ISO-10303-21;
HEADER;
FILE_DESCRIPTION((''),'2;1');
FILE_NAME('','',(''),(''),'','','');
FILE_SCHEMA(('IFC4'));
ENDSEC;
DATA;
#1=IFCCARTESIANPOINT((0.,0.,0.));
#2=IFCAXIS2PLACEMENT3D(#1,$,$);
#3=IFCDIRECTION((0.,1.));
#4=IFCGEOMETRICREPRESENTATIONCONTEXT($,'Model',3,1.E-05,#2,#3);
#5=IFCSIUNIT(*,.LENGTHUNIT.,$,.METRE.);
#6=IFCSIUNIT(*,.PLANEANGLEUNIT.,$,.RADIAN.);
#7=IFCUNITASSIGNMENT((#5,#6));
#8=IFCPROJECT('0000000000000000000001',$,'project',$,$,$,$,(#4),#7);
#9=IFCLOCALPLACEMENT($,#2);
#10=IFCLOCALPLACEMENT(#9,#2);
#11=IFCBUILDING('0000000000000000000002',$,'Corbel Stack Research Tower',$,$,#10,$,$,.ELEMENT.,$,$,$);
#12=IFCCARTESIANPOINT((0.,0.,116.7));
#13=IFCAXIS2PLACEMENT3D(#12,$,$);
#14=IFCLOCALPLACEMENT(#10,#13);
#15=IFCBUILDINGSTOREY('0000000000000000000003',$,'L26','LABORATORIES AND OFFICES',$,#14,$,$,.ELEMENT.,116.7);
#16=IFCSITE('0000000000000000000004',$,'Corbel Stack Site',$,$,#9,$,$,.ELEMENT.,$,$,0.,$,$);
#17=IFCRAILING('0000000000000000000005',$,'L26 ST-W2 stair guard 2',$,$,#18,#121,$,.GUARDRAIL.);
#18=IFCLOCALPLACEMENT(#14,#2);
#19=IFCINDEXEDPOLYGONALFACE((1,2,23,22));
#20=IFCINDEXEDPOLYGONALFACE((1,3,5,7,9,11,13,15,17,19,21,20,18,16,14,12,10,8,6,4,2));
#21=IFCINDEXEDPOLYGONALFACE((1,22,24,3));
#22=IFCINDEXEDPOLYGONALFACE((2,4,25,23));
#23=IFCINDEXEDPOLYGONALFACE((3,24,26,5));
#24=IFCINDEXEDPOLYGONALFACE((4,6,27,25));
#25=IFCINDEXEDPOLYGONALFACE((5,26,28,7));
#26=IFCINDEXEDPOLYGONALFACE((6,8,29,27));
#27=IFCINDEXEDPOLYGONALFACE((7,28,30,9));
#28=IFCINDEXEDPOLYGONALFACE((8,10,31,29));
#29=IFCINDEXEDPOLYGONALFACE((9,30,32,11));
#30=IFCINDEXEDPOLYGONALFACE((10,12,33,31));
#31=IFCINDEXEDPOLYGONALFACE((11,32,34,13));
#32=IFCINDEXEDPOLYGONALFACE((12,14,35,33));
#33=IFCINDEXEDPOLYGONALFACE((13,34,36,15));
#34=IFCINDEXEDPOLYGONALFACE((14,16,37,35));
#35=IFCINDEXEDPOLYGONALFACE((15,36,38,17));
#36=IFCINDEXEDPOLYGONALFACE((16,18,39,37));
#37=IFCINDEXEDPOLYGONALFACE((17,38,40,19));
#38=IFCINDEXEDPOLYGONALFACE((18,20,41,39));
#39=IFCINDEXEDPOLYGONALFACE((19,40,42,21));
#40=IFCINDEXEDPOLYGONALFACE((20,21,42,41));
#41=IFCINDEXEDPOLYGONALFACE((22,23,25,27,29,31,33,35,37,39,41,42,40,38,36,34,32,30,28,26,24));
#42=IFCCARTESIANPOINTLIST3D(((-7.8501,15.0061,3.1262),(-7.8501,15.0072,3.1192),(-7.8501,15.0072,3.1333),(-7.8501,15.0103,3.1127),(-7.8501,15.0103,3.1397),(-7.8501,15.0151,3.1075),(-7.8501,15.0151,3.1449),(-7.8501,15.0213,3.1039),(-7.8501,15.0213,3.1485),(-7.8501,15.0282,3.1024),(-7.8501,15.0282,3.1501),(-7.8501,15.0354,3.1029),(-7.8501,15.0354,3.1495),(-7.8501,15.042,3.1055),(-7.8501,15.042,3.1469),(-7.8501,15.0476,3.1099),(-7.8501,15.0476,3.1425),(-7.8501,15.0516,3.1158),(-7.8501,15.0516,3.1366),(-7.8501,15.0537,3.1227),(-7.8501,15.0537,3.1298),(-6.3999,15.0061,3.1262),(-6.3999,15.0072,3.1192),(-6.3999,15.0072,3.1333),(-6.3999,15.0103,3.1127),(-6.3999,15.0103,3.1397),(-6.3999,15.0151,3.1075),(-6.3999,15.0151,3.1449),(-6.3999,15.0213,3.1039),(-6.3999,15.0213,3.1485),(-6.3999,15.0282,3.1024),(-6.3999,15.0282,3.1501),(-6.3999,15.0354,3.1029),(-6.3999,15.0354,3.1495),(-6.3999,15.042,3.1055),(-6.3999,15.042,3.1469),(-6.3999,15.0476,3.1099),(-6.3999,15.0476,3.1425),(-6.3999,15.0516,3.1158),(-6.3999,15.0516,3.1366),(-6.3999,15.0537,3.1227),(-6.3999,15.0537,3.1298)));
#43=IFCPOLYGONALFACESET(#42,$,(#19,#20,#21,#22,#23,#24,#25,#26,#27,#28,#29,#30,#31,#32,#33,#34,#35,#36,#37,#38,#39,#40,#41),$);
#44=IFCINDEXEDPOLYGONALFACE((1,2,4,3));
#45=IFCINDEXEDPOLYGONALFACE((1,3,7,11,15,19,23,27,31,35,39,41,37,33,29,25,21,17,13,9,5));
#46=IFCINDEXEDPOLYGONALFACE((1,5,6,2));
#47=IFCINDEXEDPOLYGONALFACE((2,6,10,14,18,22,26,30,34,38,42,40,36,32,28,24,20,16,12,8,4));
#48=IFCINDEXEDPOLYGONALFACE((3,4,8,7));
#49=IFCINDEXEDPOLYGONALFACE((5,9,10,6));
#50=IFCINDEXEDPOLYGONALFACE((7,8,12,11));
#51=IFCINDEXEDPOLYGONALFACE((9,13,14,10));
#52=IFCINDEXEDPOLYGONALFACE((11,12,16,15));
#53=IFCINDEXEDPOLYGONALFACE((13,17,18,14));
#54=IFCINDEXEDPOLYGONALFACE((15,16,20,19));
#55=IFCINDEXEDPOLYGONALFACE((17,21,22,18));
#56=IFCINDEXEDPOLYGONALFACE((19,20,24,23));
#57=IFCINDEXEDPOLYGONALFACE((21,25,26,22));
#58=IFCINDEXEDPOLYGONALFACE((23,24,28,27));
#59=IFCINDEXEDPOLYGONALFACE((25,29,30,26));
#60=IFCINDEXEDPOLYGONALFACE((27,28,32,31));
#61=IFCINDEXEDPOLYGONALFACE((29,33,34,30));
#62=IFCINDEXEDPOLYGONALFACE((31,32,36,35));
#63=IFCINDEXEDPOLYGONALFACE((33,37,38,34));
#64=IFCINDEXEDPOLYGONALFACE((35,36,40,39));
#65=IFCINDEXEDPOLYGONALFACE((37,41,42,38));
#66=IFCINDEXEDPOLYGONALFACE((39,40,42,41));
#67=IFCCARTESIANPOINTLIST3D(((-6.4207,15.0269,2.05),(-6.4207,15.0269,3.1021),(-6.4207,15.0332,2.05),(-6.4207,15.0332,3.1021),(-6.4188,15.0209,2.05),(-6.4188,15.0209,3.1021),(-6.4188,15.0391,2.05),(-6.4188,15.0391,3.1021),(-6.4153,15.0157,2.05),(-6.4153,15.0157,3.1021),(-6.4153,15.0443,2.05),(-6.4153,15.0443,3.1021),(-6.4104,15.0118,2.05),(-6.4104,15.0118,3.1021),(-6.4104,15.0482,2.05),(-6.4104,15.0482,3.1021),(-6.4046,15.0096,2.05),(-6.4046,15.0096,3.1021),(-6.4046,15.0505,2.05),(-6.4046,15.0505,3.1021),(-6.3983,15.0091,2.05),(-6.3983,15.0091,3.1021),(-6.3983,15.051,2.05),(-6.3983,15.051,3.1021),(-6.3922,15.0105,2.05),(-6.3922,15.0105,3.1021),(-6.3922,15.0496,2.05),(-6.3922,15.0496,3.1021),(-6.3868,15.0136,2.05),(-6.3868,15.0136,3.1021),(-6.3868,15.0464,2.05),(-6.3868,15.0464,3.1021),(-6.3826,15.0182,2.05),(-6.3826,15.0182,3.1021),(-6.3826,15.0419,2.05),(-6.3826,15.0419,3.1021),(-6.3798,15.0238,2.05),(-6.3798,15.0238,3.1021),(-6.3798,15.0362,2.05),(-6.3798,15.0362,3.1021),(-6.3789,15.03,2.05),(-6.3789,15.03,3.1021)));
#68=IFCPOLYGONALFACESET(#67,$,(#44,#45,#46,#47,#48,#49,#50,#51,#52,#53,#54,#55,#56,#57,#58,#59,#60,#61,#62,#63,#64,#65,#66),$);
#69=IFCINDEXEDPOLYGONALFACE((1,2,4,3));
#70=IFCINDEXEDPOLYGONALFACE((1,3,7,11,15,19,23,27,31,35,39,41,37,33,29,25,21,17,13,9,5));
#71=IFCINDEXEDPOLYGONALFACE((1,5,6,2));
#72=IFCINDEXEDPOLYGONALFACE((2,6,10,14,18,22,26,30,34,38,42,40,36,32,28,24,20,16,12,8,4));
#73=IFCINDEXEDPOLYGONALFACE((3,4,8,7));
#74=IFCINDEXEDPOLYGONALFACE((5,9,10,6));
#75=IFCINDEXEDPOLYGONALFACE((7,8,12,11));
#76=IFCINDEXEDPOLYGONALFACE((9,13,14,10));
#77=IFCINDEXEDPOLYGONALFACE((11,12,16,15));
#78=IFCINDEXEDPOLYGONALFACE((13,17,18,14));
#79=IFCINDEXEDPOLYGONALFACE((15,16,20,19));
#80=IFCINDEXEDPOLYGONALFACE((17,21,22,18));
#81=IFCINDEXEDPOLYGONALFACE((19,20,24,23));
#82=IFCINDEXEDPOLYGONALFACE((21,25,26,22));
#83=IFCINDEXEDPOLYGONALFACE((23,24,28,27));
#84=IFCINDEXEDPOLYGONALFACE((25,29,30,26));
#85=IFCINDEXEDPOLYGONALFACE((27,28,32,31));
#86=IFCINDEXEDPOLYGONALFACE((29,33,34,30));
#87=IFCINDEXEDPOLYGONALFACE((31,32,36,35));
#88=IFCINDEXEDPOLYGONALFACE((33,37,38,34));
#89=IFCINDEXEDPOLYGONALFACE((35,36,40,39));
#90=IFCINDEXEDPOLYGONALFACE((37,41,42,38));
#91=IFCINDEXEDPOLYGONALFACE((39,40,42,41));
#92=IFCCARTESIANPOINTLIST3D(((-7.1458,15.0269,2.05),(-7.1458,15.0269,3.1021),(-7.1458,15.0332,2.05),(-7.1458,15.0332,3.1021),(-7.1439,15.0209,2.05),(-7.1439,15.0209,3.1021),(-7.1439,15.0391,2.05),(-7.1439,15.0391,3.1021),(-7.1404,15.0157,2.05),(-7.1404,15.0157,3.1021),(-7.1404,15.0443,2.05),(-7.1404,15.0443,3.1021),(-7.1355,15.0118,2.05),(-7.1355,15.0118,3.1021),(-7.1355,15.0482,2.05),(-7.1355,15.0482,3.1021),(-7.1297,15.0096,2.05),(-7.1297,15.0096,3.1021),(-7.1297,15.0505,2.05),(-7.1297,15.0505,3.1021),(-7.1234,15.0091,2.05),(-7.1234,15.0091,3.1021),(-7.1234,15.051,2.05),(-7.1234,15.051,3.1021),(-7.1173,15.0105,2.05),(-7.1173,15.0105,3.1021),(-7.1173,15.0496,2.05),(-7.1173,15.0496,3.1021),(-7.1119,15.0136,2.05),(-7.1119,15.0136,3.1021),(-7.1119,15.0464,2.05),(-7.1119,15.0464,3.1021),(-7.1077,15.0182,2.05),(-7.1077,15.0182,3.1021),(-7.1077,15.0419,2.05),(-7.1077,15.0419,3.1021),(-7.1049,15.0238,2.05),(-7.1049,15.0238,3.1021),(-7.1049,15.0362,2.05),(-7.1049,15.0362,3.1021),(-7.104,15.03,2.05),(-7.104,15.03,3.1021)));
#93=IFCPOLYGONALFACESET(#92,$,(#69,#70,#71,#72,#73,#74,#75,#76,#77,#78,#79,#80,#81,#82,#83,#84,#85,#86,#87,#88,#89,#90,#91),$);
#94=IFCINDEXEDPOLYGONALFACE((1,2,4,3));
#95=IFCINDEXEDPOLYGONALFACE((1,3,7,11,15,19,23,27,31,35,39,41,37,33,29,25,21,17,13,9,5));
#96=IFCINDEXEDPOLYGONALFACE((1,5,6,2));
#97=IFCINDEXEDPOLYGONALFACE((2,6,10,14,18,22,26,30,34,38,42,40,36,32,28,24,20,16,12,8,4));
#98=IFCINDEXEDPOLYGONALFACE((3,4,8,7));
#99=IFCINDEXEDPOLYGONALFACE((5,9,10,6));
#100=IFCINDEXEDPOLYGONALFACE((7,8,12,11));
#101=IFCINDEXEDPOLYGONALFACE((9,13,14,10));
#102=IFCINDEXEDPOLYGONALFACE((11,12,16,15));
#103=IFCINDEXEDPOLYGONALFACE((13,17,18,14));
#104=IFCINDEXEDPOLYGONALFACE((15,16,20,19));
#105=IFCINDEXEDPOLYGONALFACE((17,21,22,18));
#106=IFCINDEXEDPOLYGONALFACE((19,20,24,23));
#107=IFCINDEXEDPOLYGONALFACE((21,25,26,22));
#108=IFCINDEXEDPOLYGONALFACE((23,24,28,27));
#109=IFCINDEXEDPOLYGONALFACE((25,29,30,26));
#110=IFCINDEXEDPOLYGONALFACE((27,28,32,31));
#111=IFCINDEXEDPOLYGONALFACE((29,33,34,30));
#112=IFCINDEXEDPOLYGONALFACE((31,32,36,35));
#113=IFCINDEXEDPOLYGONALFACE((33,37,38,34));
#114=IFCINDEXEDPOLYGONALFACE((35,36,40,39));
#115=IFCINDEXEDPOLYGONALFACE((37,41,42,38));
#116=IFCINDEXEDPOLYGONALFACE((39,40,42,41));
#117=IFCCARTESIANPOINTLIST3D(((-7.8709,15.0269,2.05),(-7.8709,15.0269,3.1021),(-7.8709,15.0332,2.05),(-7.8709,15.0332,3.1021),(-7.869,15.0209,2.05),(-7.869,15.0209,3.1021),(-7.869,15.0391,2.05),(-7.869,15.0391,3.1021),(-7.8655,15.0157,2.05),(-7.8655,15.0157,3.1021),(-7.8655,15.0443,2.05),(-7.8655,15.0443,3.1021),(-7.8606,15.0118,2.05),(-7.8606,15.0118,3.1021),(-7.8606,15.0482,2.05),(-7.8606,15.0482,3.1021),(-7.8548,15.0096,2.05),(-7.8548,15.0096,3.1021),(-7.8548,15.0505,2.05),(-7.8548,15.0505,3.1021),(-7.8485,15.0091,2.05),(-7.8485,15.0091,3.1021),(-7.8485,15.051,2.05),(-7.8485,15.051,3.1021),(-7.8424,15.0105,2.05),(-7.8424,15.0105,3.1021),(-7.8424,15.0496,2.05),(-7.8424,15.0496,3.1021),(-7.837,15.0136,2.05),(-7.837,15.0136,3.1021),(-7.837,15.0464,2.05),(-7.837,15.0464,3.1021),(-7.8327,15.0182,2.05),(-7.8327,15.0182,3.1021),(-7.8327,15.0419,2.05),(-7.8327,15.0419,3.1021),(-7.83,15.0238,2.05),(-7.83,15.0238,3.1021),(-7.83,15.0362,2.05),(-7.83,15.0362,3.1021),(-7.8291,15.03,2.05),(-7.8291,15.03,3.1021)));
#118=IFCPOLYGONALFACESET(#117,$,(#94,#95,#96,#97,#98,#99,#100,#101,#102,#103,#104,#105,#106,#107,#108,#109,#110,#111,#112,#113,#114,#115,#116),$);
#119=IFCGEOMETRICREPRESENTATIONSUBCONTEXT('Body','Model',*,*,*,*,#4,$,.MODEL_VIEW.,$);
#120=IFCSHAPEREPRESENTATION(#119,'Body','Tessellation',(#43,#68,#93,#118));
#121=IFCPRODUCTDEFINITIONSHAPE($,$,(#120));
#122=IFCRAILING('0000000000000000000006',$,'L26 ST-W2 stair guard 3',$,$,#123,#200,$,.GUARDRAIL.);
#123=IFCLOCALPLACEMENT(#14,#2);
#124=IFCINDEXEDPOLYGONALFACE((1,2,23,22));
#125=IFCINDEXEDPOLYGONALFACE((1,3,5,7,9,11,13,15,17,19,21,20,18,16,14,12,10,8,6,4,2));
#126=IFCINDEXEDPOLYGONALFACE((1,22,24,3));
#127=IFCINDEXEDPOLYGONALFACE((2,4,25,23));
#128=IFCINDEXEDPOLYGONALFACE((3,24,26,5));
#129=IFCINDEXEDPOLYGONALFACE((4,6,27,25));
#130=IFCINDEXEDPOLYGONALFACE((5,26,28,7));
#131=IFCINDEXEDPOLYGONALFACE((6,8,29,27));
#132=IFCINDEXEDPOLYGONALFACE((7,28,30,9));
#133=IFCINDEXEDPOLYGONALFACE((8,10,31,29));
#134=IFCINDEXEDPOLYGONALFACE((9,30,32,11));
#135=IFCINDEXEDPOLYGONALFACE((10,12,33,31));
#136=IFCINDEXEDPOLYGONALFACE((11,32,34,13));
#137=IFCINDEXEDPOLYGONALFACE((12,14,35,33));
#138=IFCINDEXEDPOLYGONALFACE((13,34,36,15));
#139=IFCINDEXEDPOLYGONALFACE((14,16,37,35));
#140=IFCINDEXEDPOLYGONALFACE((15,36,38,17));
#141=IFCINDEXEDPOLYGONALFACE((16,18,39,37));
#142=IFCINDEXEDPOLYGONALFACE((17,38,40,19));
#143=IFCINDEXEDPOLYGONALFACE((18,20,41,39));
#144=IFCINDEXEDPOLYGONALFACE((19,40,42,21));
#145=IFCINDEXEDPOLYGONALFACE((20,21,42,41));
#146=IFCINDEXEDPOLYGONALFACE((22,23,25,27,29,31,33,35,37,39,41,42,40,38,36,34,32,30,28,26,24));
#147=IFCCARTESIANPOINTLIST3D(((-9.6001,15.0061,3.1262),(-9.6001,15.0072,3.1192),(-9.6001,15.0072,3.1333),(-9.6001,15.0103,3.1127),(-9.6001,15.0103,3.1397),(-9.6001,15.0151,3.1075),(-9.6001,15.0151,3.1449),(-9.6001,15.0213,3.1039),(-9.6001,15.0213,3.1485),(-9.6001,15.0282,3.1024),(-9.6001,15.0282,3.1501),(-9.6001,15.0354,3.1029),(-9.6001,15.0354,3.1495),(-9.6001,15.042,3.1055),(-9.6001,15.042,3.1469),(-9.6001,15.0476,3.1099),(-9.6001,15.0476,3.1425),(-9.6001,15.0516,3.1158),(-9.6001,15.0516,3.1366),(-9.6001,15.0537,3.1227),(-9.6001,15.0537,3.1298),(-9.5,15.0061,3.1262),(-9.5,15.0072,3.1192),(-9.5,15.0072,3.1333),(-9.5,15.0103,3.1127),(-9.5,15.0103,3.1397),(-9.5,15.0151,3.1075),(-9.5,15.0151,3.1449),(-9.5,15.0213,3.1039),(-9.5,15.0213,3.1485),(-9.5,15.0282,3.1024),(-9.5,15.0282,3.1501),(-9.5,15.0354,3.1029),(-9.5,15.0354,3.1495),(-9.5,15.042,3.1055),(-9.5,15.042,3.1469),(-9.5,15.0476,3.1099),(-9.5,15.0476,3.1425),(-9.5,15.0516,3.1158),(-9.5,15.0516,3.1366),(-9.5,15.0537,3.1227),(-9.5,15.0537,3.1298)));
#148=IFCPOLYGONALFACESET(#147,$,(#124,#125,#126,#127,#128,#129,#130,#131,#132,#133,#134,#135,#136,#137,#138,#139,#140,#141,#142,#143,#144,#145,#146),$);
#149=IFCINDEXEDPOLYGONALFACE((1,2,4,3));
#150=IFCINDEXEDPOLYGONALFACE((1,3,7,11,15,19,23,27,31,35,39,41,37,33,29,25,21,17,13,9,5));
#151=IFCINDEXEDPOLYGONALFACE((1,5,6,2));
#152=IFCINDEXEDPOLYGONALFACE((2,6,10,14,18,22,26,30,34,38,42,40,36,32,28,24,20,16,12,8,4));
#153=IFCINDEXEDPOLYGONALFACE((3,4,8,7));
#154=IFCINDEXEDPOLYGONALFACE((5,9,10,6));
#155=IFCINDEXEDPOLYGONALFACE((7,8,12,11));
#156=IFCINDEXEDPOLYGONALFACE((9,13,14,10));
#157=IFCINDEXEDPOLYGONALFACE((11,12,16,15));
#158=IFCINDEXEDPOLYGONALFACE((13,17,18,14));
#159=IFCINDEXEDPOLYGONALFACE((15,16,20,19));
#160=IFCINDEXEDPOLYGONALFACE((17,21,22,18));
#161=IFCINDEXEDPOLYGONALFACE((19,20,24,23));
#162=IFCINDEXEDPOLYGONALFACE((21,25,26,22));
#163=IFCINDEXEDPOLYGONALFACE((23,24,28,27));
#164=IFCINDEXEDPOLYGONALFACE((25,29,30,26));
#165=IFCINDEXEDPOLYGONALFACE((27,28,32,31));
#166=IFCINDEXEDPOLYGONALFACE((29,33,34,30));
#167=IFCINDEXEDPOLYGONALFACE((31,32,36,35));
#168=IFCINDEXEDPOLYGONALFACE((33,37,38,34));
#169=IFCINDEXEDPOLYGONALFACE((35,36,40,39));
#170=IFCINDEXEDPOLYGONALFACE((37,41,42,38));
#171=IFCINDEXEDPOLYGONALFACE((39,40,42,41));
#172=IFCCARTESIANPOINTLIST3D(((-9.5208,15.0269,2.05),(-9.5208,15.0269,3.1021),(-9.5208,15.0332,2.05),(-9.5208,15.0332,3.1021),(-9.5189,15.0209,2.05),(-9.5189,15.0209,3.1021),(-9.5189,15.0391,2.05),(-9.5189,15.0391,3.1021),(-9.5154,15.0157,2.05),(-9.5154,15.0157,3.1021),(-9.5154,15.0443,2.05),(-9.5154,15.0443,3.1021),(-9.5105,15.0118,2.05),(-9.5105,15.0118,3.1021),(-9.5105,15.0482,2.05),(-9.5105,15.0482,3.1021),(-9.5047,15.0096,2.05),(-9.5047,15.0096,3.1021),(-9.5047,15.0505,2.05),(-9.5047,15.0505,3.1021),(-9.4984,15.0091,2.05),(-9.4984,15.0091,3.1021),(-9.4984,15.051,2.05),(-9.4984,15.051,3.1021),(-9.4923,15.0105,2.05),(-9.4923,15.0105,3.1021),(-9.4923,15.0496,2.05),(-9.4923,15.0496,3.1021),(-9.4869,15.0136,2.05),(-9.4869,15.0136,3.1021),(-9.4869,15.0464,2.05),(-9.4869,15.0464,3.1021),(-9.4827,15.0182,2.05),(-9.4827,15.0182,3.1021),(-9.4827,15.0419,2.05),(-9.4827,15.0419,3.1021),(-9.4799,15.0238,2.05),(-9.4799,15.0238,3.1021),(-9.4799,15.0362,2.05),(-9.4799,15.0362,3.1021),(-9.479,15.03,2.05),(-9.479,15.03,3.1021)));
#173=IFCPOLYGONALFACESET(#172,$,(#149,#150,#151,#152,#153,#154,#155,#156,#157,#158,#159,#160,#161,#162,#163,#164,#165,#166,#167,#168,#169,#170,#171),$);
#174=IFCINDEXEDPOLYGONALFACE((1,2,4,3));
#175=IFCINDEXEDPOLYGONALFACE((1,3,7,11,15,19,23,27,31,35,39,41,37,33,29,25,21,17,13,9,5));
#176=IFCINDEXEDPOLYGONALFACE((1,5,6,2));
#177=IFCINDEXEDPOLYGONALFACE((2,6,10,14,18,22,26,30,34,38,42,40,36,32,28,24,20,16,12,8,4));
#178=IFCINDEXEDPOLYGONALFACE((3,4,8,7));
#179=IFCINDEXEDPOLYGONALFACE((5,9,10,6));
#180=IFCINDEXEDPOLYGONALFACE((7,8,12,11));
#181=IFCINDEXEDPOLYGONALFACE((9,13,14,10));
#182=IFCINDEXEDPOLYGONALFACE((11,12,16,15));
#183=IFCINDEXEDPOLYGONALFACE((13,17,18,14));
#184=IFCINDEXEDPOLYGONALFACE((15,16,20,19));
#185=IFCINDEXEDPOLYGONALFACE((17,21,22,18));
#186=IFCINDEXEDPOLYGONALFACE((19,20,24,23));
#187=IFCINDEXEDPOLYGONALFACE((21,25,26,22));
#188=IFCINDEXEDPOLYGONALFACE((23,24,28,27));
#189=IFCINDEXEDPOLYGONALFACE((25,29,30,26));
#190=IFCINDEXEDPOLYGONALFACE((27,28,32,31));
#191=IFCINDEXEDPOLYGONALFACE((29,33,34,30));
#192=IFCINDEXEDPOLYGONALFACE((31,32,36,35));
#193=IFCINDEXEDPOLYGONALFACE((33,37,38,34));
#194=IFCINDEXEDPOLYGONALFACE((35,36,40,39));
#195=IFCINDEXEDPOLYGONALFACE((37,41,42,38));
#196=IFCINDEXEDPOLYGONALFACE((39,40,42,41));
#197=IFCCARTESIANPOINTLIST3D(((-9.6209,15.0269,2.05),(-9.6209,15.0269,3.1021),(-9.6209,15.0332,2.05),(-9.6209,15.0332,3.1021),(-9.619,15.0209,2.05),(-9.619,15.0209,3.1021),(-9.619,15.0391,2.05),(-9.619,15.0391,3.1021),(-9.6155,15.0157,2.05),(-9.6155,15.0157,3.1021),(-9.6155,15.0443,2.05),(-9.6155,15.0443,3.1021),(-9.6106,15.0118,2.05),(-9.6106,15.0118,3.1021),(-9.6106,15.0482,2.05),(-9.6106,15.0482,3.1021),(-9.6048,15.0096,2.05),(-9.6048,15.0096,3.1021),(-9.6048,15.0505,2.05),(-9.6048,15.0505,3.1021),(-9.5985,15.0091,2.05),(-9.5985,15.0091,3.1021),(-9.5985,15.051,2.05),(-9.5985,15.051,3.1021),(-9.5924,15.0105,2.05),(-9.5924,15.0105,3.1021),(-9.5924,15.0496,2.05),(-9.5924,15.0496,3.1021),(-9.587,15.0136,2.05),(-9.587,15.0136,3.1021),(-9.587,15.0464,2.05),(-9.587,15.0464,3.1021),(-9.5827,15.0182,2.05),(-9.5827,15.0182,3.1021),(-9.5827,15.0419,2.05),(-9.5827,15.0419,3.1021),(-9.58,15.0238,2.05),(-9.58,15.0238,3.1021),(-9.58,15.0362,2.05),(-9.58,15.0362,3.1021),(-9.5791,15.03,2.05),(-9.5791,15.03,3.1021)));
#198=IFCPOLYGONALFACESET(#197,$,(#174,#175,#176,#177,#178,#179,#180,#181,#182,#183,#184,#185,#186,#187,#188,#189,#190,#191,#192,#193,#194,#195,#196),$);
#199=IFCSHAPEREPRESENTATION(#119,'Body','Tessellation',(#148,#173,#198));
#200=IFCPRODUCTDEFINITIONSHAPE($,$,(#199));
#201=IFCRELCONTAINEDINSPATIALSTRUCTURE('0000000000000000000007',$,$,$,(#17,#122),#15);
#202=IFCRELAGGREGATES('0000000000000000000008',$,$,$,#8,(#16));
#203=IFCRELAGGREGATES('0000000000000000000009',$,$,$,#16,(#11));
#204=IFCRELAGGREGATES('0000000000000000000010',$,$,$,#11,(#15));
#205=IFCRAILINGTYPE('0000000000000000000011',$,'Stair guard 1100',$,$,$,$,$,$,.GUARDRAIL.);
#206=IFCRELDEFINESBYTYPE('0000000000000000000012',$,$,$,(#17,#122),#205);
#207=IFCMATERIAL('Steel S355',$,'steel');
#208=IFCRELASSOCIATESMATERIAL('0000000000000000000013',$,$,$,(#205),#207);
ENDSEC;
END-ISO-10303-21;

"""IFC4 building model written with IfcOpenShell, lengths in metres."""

from ifc_helpers import new_model, si_unit, direction, frame, origin, origin_2d, place, context, subcontext, project, spatial, circle, extrude, material, type_object, element, save


model = new_model("IFC4")

# Units and contexts
model_context = context("Model", 3, precision=1e-05, world=origin(), true_north=direction((0.0, 1.0)))
body_context = subcontext(model_context, "Body", "Model", "MODEL_VIEW")
ifc_project = project(units=[si_unit("LENGTHUNIT", "METRE"), si_unit("PLANEANGLEUNIT", "RADIAN")], contexts=[model_context])

# Site, building, storey
site_placement = place(None, origin())
site = spatial("IfcSite", under=ifc_project, at=site_placement, Name="Corbel Stack Site", CompositionType="ELEMENT", RefElevation=0.0)
building_placement = place(site_placement, origin())
building = spatial("IfcBuilding", under=site, at=building_placement, Name="Corbel Stack Research Tower", CompositionType="ELEMENT")
storey_placement = place(building_placement, frame((0.0, 0.0, 116.7)))
storey = spatial("IfcBuildingStorey", under=building, at=storey_placement, Name="L26", Description="LABORATORIES AND OFFICES", CompositionType="ELEMENT", Elevation=116.7)

# Railings
ifc_material_1 = material(Name="Steel S355", Category="steel")
railing_type_1 = type_object("IfcRailingType", Name="Stair guard 1100", PredefinedType="GUARDRAIL", material=ifc_material_1)
railing_1_placement = place(storey_placement, frame((-6.3999, 15.03, 2.05)))
element("IfcRailing", 1, at=railing_1_placement, inside=storey, type_object=railing_type_1, Name="L26 ST-W2 stair guard 2", PredefinedType="GUARDRAIL", context=body_context, shape_type="SweptSolid", body=[
    extrude(circle(Radius=0.0239, at=origin_2d()), frame((0.0, 0.0, 1.0762), z_axis=(-1.0, 0.0, 0.0), x_axis=(0.0, -1.0, 0.0)), (0.0, 0.0, 1.0), 1.4502),
    extrude(circle(Radius=0.021, at=origin_2d()), origin(), (0.0, 0.0, 1.0), 1.052),
    extrude(circle(Radius=0.021, at=origin_2d()), frame((-0.7251, 0.0, 0.0)), (0.0, 0.0, 1.0), 1.052),
    extrude(circle(Radius=0.021, at=origin_2d()), frame((-1.4502, 0.0, 0.0)), (0.0, 0.0, 1.0), 1.052),
])
railing_2_placement = place(storey_placement, frame((-9.5, 15.03, 2.05)))
element("IfcRailing", 2, at=railing_2_placement, inside=storey, type_object=railing_type_1, Name="L26 ST-W2 stair guard 3", PredefinedType="GUARDRAIL", context=body_context, shape_type="SweptSolid", body=[
    extrude(circle(Radius=0.0239, at=origin_2d()), frame((0.0, 0.0, 1.0762), z_axis=(-1.0, 0.0, 0.0), x_axis=(0.0, -1.0, 0.0)), (0.0, 0.0, 1.0), 0.1001),
    extrude(circle(Radius=0.021, at=origin_2d()), origin(), (0.0, 0.0, 1.0), 1.052),
    extrude(circle(Radius=0.021, at=origin_2d()), frame((-0.1001, 0.0, 0.0)), (0.0, 0.0, 1.0), 1.052),
])

save(model, "model.ifc")
